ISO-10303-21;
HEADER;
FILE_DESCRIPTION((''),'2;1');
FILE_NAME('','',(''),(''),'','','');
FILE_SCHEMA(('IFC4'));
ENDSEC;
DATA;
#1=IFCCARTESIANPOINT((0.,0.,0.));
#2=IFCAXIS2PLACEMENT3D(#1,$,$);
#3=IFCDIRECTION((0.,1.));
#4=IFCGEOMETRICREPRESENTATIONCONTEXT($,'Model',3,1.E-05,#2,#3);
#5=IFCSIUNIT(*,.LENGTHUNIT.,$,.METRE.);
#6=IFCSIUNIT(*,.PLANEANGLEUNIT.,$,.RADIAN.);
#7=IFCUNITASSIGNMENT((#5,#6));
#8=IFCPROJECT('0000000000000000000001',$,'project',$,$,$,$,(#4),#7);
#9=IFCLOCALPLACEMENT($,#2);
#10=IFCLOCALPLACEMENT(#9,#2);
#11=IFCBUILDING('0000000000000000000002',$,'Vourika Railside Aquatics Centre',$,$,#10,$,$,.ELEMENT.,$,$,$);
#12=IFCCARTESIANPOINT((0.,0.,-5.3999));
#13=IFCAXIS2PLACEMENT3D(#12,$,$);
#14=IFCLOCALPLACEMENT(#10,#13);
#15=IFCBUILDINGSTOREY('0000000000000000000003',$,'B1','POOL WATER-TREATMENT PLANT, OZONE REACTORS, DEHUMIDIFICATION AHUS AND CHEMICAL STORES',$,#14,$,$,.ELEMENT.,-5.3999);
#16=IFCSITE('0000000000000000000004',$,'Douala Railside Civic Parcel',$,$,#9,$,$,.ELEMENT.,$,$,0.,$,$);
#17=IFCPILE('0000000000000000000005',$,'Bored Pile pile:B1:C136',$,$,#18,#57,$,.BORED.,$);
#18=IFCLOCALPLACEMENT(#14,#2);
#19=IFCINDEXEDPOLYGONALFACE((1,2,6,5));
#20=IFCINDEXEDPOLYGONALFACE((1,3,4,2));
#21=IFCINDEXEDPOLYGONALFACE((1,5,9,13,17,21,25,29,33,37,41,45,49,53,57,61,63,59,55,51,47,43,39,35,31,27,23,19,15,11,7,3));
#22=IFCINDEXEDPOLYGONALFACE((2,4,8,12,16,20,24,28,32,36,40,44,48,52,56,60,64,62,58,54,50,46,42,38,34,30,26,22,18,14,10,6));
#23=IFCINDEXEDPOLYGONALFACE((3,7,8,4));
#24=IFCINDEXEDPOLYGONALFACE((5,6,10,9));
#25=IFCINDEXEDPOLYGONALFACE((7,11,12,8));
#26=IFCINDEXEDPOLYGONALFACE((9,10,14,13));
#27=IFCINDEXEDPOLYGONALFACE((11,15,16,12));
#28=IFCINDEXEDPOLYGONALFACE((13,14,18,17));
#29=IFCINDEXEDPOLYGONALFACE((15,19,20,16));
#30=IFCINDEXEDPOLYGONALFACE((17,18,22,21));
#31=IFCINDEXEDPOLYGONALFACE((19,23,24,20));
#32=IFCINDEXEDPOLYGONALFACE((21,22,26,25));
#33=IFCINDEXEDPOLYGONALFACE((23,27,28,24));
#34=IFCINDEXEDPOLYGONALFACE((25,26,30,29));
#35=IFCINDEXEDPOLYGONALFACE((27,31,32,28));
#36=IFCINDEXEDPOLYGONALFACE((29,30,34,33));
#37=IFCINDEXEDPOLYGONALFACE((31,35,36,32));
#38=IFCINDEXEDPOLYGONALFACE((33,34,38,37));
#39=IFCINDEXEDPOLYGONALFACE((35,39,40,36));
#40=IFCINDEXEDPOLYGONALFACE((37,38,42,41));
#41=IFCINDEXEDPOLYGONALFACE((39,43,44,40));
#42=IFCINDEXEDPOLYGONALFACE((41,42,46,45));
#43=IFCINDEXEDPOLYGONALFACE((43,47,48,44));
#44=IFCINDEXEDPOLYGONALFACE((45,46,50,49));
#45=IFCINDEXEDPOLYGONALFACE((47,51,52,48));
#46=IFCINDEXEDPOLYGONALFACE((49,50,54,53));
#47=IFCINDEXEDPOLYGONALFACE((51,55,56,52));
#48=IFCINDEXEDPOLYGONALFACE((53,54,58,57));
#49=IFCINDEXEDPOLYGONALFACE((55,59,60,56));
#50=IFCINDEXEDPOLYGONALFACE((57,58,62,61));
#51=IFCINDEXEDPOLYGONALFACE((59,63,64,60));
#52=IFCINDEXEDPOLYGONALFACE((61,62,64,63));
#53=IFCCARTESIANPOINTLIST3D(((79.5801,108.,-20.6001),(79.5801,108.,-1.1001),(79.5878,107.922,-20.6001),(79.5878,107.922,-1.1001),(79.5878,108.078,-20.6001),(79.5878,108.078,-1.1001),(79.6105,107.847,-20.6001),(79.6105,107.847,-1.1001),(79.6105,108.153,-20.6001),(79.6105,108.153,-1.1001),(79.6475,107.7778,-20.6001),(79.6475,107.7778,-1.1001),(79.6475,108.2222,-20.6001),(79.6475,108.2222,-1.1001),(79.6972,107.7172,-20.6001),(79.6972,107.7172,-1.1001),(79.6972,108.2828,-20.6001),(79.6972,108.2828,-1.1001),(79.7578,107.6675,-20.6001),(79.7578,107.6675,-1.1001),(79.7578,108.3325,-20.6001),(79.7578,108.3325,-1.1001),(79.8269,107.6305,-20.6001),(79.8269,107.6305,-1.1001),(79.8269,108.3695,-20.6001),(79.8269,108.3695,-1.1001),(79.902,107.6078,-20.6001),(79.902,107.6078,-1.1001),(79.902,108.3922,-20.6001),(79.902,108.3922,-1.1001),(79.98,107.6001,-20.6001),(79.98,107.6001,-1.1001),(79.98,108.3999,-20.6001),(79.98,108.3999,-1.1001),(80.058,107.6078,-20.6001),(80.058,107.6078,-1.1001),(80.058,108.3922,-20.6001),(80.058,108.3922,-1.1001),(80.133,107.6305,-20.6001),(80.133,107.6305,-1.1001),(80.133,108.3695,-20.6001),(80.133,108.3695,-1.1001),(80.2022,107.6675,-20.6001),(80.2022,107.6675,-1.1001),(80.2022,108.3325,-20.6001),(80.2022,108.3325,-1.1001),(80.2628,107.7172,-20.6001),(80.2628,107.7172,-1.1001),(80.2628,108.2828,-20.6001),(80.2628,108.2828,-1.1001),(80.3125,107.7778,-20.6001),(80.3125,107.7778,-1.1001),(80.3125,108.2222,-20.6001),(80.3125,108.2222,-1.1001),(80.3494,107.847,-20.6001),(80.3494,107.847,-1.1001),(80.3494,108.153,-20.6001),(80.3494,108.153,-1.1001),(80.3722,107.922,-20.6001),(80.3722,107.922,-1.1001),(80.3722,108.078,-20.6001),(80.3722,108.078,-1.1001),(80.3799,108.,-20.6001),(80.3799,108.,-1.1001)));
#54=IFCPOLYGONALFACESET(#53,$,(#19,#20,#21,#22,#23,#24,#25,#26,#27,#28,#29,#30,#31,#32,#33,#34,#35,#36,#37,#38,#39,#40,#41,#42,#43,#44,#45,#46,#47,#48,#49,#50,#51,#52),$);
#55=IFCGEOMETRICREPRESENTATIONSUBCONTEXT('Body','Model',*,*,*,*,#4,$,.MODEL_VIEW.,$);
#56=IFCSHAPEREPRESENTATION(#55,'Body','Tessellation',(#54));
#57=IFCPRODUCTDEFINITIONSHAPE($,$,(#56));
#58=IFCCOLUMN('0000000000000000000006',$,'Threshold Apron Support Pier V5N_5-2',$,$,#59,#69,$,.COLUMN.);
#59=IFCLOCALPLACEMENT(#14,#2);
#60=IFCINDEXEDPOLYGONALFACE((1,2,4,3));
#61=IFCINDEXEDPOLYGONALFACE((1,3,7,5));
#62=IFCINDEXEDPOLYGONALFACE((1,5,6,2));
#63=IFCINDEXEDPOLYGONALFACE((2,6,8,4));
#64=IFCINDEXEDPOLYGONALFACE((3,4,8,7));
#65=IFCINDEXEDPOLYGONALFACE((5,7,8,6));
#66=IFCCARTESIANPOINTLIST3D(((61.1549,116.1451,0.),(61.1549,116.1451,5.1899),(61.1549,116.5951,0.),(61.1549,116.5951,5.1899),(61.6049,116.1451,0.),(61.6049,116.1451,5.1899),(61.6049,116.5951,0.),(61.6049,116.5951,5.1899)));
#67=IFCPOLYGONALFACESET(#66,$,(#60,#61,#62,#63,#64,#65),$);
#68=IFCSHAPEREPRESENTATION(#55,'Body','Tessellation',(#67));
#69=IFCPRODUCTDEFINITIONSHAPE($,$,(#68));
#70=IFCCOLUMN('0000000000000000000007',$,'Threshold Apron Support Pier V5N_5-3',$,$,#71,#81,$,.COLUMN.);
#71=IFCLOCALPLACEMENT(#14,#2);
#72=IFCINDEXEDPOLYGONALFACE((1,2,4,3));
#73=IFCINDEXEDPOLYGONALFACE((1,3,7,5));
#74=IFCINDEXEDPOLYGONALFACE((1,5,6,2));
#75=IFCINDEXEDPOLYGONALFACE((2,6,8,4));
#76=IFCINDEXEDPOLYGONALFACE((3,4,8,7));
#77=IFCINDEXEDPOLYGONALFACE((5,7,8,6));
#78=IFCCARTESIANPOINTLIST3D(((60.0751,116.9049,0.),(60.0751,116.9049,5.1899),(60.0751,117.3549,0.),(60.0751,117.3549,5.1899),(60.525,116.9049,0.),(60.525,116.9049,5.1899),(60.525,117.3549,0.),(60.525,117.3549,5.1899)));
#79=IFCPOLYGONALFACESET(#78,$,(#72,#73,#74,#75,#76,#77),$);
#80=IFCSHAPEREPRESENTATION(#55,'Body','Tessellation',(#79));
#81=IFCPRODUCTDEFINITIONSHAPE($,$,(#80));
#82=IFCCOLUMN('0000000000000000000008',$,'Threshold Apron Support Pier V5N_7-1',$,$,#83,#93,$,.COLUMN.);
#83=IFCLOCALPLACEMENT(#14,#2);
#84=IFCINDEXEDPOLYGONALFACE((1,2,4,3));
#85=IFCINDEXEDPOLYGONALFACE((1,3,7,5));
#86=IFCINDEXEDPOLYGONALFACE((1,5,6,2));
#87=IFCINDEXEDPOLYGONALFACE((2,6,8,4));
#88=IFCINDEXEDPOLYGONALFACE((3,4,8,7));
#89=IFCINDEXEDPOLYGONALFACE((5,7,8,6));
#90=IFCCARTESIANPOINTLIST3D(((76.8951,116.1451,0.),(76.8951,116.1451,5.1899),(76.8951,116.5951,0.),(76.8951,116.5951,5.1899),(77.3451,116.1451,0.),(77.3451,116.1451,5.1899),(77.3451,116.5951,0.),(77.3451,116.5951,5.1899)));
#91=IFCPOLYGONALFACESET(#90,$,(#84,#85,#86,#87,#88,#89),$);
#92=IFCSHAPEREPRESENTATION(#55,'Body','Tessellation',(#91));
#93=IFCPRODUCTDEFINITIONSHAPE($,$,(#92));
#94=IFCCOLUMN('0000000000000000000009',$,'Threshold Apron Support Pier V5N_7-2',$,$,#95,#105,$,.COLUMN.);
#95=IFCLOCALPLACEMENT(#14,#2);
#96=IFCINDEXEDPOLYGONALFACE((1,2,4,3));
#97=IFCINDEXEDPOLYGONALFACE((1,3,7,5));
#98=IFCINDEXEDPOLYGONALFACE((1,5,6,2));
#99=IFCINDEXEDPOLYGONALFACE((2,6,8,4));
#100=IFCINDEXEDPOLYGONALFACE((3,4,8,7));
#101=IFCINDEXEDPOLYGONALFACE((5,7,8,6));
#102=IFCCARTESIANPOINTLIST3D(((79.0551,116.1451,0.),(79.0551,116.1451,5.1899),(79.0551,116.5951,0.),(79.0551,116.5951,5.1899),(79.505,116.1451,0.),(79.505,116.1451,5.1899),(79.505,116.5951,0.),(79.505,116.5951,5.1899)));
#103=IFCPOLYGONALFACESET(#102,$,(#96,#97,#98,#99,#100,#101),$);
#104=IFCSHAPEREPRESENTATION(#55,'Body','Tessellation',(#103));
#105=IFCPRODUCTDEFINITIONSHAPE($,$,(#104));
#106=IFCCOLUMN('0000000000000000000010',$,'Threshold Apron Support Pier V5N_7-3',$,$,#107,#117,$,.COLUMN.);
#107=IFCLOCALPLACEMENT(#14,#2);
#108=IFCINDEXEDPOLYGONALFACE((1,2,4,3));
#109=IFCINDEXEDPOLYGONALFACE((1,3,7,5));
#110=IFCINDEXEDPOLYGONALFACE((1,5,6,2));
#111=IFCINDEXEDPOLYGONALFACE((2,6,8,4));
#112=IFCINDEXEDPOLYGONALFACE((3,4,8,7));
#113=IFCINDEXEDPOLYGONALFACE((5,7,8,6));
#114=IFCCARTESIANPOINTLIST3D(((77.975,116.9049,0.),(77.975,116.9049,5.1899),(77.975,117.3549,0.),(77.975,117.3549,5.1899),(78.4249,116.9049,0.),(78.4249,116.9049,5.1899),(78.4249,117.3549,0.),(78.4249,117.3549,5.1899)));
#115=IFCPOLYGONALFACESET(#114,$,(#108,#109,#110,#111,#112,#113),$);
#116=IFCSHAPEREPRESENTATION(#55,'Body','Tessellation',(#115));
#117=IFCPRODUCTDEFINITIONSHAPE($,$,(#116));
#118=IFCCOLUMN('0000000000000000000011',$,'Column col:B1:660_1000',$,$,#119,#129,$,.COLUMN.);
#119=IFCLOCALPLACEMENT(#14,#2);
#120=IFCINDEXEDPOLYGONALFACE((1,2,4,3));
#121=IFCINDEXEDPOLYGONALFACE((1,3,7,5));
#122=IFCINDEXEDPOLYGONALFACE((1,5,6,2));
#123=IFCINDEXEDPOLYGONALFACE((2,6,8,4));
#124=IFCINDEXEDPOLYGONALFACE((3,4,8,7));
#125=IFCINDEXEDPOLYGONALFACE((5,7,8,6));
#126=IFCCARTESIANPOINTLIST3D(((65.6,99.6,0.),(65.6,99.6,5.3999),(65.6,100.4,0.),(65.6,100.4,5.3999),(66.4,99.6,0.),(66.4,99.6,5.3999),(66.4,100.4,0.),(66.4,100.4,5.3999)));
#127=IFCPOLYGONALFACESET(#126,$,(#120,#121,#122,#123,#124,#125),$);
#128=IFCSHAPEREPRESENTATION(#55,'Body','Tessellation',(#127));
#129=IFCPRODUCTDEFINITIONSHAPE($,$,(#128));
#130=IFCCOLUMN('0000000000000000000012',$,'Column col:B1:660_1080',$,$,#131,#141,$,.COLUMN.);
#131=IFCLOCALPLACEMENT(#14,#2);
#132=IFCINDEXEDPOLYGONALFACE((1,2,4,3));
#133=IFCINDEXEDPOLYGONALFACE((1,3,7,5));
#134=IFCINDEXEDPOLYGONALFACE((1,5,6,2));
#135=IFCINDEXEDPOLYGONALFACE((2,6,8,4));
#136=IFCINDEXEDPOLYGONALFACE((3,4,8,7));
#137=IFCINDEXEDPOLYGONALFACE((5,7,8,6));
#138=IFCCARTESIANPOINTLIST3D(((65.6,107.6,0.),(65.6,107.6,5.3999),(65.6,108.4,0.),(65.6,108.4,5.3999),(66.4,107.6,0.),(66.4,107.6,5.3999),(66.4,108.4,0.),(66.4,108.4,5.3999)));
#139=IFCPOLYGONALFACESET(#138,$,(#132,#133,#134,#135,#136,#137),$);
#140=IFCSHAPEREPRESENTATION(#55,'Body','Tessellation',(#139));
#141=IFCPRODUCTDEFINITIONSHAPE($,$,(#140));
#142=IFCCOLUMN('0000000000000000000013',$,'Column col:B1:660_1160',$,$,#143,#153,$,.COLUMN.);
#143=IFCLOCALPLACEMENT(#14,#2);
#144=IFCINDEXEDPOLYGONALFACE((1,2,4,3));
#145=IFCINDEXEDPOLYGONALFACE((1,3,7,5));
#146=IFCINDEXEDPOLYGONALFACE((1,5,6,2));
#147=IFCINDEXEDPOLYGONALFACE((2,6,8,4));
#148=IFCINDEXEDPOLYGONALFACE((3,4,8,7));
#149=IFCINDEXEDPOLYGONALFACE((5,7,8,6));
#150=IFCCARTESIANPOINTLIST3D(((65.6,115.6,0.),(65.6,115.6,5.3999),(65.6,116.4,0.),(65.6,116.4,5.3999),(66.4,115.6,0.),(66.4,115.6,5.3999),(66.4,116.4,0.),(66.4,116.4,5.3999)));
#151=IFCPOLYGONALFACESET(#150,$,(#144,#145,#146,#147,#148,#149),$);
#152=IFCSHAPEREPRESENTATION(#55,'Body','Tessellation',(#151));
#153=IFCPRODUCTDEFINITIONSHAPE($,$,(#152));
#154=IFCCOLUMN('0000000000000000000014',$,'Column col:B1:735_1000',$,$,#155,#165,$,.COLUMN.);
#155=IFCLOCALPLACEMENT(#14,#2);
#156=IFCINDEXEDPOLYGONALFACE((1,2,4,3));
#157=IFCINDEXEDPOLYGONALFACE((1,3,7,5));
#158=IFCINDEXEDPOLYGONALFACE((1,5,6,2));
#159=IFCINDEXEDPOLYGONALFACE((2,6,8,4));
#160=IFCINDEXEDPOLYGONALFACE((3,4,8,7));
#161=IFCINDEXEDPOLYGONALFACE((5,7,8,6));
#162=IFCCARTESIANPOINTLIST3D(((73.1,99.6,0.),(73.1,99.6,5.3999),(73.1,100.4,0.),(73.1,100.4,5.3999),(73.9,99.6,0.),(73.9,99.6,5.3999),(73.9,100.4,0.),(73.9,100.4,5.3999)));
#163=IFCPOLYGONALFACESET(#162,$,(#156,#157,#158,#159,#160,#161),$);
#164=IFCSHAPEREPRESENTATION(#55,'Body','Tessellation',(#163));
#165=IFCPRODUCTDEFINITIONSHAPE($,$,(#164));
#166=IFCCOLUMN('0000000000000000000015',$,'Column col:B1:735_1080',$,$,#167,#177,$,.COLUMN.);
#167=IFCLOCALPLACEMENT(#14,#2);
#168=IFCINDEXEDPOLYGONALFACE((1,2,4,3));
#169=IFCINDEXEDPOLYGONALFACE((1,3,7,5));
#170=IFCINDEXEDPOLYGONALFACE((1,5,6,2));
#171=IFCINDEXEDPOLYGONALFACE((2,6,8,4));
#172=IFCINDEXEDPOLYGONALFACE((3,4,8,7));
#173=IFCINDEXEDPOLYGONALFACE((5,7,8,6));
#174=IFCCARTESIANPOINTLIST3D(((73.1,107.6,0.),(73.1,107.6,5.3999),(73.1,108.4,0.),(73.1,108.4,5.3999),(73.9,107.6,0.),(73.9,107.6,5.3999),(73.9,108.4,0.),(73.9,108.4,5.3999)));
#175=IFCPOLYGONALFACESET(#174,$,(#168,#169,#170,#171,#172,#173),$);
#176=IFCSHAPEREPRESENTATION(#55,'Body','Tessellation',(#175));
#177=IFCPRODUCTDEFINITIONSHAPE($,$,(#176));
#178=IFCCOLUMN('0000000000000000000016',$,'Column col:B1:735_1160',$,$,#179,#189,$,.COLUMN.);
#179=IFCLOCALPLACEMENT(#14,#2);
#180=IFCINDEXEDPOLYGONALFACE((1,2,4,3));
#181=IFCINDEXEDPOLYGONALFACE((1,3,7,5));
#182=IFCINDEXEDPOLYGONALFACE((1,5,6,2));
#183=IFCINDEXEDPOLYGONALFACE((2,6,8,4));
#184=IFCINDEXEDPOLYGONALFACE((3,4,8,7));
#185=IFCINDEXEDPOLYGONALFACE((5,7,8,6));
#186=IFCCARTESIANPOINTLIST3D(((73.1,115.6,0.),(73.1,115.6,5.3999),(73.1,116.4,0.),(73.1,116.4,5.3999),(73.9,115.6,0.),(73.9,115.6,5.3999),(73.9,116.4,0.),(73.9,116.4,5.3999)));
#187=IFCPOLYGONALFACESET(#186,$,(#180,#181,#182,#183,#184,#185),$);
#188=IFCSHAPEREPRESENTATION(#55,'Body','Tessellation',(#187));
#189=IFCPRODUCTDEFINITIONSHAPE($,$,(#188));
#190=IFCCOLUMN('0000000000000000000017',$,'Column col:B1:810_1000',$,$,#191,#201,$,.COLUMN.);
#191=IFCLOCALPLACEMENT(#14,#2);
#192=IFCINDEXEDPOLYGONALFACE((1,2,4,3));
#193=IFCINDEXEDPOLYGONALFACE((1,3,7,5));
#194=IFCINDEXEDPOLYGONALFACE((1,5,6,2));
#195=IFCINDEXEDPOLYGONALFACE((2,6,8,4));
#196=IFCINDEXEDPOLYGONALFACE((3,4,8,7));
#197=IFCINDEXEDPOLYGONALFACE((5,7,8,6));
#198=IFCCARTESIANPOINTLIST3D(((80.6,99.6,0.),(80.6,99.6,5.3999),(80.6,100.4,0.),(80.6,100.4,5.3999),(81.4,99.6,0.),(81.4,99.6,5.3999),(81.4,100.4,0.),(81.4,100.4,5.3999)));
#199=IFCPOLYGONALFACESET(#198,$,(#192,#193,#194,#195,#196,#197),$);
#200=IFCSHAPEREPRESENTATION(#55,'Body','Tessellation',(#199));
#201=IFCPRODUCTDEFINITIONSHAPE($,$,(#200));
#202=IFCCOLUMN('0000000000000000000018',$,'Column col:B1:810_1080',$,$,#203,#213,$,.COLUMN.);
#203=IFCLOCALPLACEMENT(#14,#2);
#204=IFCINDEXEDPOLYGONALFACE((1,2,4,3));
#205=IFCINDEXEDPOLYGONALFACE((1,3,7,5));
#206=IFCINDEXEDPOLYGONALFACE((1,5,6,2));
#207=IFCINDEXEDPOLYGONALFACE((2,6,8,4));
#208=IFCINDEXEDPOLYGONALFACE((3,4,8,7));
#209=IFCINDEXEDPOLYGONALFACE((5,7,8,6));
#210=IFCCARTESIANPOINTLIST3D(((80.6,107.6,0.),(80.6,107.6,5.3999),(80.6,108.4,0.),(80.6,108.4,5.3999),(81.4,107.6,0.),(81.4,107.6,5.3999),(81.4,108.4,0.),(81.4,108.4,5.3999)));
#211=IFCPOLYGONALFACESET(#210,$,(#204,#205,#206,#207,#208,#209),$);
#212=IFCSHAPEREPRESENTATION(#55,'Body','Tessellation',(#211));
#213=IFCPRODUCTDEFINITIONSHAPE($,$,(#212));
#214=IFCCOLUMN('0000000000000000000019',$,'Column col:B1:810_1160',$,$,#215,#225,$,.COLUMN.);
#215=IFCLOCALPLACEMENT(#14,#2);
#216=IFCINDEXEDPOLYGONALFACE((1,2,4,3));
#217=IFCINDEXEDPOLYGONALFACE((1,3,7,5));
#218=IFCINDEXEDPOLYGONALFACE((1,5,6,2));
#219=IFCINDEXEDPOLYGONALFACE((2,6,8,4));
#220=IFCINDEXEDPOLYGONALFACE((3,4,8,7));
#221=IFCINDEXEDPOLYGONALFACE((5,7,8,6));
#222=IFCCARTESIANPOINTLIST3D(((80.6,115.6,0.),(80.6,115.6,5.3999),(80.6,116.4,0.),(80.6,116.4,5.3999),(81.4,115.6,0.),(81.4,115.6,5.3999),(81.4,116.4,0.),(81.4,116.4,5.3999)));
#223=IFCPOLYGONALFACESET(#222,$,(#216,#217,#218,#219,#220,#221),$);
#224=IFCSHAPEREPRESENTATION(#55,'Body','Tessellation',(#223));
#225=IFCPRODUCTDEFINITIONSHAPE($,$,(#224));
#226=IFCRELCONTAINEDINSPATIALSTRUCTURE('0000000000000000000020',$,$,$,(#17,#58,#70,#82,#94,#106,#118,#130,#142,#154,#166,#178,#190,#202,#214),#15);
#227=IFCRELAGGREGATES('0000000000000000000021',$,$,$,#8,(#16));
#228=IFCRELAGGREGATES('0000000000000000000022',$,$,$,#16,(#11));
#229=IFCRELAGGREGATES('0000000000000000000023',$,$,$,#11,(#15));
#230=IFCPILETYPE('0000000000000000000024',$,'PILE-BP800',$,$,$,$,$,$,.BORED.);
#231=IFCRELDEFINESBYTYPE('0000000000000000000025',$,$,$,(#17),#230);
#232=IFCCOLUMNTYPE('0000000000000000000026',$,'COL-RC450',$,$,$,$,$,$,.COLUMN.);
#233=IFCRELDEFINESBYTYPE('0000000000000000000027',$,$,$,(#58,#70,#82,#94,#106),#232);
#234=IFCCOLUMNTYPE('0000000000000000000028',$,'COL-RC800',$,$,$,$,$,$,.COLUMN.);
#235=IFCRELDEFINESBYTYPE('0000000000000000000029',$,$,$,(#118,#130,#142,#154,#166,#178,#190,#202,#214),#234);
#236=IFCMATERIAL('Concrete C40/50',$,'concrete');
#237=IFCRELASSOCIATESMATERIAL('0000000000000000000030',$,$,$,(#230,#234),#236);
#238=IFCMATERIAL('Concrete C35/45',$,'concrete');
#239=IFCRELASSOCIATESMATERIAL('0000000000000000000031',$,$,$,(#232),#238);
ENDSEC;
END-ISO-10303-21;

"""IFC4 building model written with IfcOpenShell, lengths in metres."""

from ifc_helpers import new_model, si_unit, direction, frame, origin, origin_2d, place, context, subcontext, project, spatial, rectangle, circle, extrude, material, material_profile, profile_set, type_object, element, save


model = new_model("IFC4")

# Units and contexts
model_context = context("Model", 3, precision=1e-05, world=origin(), true_north=direction((0.0, 1.0)))
body_context = subcontext(model_context, "Body", "Model", "MODEL_VIEW")
ifc_project = project(units=[si_unit("LENGTHUNIT", "METRE"), si_unit("PLANEANGLEUNIT", "RADIAN")], contexts=[model_context])

# Site, building, storey
site_placement = place(None, origin())
site = spatial("IfcSite", under=ifc_project, at=site_placement, Name="Douala Railside Civic Parcel", CompositionType="ELEMENT", RefElevation=0.0)
building_placement = place(site_placement, origin())
building = spatial("IfcBuilding", under=site, at=building_placement, Name="Vourika Railside Aquatics Centre", CompositionType="ELEMENT")
storey_placement = place(building_placement, frame((0.0, 0.0, -5.3999)))
storey = spatial("IfcBuildingStorey", under=building, at=storey_placement, Name="B1", Description="POOL WATER-TREATMENT PLANT, OZONE REACTORS, DEHUMIDIFICATION AHUS AND CHEMICAL STORES", CompositionType="ELEMENT", Elevation=-5.3999)

# Shared definitions
ifc_material_1 = material(Name="Concrete C40/50", Category="concrete")

# Pile
ifc_material_profile_1 = material_profile(ifc_material_1, circle(Radius=0.3999, at=origin_2d()), Name="BP 800")
ifc_profile_set_1 = profile_set([ifc_material_profile_1], Name="Concrete C40/50")
pile_type = type_object("IfcPileType", Name="PILE-BP800", PredefinedType="BORED", material=ifc_profile_set_1)
for number, where, z_axis, x_axis, name in (
    (1, (79.98, 108.0, -1.1001), (0.0, 0.0, -1.0), (1.0, 0.0, 0.0), "Bored Pile pile:B1:C136"),
):
    element("IfcPile", number, at=place(storey_placement, frame(where, z_axis=z_axis, x_axis=x_axis)), inside=storey, type_object=pile_type, Name=name, PredefinedType="BORED", context=body_context, shape_type="SweptSolid", body=[
        extrude(circle(Radius=0.3999, at=origin_2d()), origin(), (0.0, 0.0, 1.0), 19.5),
    ])

# Columns
ifc_material_2 = material(Name="Concrete C35/45", Category="concrete")
ifc_material_profile_2 = material_profile(ifc_material_2, rectangle(XDim=0.45, YDim=0.45, at=origin_2d()), Name="RC 450x450")
ifc_profile_set_2 = profile_set([ifc_material_profile_2], Name="Concrete C35/45")
column_type_1 = type_object("IfcColumnType", Name="COL-RC450", PredefinedType="COLUMN", material=ifc_profile_set_2)
for number, where, z_axis, x_axis, name in (
    (2, (61.3799, 116.3701, 0.0), (0.0, 0.0, 1.0), (1.0, 0.0, 0.0), "Threshold Apron Support Pier V5N_5-2"),
    (3, (60.3, 117.1299, 0.0), (0.0, 0.0, 1.0), (1.0, 0.0, 0.0), "Threshold Apron Support Pier V5N_5-3"),
    (4, (77.1201, 116.3701, 0.0), (0.0, 0.0, 1.0), (1.0, 0.0, 0.0), "Threshold Apron Support Pier V5N_7-1"),
    (5, (79.28, 116.3701, 0.0), (0.0, 0.0, 1.0), (1.0, 0.0, 0.0), "Threshold Apron Support Pier V5N_7-2"),
    (6, (78.2, 117.1299, 0.0), (0.0, 0.0, 1.0), (1.0, 0.0, 0.0), "Threshold Apron Support Pier V5N_7-3"),
):
    element("IfcColumn", number, at=place(storey_placement, frame(where, z_axis=z_axis, x_axis=x_axis)), inside=storey, type_object=column_type_1, Name=name, PredefinedType="COLUMN", context=body_context, shape_type="SweptSolid", body=[
        extrude(rectangle(XDim=0.45, YDim=0.45, at=origin_2d()), origin(), (0.0, 0.0, 1.0), 5.1899),
    ])
ifc_material_profile_3 = material_profile(ifc_material_1, rectangle(XDim=0.8, YDim=0.8, at=origin_2d()), Name="RC 800x800")
ifc_profile_set_3 = profile_set([ifc_material_profile_3], Name="Concrete C40/50")
column_type_2 = type_object("IfcColumnType", Name="COL-RC800", PredefinedType="COLUMN", material=ifc_profile_set_3)
for number, where, z_axis, x_axis, name in (
    (7, (66.0, 100.0, 0.0), (0.0, 0.0, 1.0), (1.0, 0.0, 0.0), "Column col:B1:660_1000"),
    (8, (66.0, 108.0, 0.0), (0.0, 0.0, 1.0), (1.0, 0.0, 0.0), "Column col:B1:660_1080"),
    (9, (66.0, 116.0, 0.0), (0.0, 0.0, 1.0), (1.0, 0.0, 0.0), "Column col:B1:660_1160"),
    (10, (73.5, 100.0, 0.0), (0.0, 0.0, 1.0), (1.0, 0.0, 0.0), "Column col:B1:735_1000"),
    (11, (73.5, 108.0, 0.0), (0.0, 0.0, 1.0), (1.0, 0.0, 0.0), "Column col:B1:735_1080"),
    (12, (73.5, 116.0, 0.0), (0.0, 0.0, 1.0), (1.0, 0.0, 0.0), "Column col:B1:735_1160"),
    (13, (81.0, 100.0, 0.0), (0.0, 0.0, 1.0), (1.0, 0.0, 0.0), "Column col:B1:810_1000"),
    (14, (81.0, 108.0, 0.0), (0.0, 0.0, 1.0), (1.0, 0.0, 0.0), "Column col:B1:810_1080"),
    (15, (81.0, 116.0, 0.0), (0.0, 0.0, 1.0), (1.0, 0.0, 0.0), "Column col:B1:810_1160"),
):
    element("IfcColumn", number, at=place(storey_placement, frame(where, z_axis=z_axis, x_axis=x_axis)), inside=storey, type_object=column_type_2, Name=name, PredefinedType="COLUMN", context=body_context, shape_type="SweptSolid", body=[
        extrude(rectangle(XDim=0.8, YDim=0.8, at=origin_2d()), origin(), (0.0, 0.0, 1.0), 5.3999),
    ])

save(model, "model.ifc")
